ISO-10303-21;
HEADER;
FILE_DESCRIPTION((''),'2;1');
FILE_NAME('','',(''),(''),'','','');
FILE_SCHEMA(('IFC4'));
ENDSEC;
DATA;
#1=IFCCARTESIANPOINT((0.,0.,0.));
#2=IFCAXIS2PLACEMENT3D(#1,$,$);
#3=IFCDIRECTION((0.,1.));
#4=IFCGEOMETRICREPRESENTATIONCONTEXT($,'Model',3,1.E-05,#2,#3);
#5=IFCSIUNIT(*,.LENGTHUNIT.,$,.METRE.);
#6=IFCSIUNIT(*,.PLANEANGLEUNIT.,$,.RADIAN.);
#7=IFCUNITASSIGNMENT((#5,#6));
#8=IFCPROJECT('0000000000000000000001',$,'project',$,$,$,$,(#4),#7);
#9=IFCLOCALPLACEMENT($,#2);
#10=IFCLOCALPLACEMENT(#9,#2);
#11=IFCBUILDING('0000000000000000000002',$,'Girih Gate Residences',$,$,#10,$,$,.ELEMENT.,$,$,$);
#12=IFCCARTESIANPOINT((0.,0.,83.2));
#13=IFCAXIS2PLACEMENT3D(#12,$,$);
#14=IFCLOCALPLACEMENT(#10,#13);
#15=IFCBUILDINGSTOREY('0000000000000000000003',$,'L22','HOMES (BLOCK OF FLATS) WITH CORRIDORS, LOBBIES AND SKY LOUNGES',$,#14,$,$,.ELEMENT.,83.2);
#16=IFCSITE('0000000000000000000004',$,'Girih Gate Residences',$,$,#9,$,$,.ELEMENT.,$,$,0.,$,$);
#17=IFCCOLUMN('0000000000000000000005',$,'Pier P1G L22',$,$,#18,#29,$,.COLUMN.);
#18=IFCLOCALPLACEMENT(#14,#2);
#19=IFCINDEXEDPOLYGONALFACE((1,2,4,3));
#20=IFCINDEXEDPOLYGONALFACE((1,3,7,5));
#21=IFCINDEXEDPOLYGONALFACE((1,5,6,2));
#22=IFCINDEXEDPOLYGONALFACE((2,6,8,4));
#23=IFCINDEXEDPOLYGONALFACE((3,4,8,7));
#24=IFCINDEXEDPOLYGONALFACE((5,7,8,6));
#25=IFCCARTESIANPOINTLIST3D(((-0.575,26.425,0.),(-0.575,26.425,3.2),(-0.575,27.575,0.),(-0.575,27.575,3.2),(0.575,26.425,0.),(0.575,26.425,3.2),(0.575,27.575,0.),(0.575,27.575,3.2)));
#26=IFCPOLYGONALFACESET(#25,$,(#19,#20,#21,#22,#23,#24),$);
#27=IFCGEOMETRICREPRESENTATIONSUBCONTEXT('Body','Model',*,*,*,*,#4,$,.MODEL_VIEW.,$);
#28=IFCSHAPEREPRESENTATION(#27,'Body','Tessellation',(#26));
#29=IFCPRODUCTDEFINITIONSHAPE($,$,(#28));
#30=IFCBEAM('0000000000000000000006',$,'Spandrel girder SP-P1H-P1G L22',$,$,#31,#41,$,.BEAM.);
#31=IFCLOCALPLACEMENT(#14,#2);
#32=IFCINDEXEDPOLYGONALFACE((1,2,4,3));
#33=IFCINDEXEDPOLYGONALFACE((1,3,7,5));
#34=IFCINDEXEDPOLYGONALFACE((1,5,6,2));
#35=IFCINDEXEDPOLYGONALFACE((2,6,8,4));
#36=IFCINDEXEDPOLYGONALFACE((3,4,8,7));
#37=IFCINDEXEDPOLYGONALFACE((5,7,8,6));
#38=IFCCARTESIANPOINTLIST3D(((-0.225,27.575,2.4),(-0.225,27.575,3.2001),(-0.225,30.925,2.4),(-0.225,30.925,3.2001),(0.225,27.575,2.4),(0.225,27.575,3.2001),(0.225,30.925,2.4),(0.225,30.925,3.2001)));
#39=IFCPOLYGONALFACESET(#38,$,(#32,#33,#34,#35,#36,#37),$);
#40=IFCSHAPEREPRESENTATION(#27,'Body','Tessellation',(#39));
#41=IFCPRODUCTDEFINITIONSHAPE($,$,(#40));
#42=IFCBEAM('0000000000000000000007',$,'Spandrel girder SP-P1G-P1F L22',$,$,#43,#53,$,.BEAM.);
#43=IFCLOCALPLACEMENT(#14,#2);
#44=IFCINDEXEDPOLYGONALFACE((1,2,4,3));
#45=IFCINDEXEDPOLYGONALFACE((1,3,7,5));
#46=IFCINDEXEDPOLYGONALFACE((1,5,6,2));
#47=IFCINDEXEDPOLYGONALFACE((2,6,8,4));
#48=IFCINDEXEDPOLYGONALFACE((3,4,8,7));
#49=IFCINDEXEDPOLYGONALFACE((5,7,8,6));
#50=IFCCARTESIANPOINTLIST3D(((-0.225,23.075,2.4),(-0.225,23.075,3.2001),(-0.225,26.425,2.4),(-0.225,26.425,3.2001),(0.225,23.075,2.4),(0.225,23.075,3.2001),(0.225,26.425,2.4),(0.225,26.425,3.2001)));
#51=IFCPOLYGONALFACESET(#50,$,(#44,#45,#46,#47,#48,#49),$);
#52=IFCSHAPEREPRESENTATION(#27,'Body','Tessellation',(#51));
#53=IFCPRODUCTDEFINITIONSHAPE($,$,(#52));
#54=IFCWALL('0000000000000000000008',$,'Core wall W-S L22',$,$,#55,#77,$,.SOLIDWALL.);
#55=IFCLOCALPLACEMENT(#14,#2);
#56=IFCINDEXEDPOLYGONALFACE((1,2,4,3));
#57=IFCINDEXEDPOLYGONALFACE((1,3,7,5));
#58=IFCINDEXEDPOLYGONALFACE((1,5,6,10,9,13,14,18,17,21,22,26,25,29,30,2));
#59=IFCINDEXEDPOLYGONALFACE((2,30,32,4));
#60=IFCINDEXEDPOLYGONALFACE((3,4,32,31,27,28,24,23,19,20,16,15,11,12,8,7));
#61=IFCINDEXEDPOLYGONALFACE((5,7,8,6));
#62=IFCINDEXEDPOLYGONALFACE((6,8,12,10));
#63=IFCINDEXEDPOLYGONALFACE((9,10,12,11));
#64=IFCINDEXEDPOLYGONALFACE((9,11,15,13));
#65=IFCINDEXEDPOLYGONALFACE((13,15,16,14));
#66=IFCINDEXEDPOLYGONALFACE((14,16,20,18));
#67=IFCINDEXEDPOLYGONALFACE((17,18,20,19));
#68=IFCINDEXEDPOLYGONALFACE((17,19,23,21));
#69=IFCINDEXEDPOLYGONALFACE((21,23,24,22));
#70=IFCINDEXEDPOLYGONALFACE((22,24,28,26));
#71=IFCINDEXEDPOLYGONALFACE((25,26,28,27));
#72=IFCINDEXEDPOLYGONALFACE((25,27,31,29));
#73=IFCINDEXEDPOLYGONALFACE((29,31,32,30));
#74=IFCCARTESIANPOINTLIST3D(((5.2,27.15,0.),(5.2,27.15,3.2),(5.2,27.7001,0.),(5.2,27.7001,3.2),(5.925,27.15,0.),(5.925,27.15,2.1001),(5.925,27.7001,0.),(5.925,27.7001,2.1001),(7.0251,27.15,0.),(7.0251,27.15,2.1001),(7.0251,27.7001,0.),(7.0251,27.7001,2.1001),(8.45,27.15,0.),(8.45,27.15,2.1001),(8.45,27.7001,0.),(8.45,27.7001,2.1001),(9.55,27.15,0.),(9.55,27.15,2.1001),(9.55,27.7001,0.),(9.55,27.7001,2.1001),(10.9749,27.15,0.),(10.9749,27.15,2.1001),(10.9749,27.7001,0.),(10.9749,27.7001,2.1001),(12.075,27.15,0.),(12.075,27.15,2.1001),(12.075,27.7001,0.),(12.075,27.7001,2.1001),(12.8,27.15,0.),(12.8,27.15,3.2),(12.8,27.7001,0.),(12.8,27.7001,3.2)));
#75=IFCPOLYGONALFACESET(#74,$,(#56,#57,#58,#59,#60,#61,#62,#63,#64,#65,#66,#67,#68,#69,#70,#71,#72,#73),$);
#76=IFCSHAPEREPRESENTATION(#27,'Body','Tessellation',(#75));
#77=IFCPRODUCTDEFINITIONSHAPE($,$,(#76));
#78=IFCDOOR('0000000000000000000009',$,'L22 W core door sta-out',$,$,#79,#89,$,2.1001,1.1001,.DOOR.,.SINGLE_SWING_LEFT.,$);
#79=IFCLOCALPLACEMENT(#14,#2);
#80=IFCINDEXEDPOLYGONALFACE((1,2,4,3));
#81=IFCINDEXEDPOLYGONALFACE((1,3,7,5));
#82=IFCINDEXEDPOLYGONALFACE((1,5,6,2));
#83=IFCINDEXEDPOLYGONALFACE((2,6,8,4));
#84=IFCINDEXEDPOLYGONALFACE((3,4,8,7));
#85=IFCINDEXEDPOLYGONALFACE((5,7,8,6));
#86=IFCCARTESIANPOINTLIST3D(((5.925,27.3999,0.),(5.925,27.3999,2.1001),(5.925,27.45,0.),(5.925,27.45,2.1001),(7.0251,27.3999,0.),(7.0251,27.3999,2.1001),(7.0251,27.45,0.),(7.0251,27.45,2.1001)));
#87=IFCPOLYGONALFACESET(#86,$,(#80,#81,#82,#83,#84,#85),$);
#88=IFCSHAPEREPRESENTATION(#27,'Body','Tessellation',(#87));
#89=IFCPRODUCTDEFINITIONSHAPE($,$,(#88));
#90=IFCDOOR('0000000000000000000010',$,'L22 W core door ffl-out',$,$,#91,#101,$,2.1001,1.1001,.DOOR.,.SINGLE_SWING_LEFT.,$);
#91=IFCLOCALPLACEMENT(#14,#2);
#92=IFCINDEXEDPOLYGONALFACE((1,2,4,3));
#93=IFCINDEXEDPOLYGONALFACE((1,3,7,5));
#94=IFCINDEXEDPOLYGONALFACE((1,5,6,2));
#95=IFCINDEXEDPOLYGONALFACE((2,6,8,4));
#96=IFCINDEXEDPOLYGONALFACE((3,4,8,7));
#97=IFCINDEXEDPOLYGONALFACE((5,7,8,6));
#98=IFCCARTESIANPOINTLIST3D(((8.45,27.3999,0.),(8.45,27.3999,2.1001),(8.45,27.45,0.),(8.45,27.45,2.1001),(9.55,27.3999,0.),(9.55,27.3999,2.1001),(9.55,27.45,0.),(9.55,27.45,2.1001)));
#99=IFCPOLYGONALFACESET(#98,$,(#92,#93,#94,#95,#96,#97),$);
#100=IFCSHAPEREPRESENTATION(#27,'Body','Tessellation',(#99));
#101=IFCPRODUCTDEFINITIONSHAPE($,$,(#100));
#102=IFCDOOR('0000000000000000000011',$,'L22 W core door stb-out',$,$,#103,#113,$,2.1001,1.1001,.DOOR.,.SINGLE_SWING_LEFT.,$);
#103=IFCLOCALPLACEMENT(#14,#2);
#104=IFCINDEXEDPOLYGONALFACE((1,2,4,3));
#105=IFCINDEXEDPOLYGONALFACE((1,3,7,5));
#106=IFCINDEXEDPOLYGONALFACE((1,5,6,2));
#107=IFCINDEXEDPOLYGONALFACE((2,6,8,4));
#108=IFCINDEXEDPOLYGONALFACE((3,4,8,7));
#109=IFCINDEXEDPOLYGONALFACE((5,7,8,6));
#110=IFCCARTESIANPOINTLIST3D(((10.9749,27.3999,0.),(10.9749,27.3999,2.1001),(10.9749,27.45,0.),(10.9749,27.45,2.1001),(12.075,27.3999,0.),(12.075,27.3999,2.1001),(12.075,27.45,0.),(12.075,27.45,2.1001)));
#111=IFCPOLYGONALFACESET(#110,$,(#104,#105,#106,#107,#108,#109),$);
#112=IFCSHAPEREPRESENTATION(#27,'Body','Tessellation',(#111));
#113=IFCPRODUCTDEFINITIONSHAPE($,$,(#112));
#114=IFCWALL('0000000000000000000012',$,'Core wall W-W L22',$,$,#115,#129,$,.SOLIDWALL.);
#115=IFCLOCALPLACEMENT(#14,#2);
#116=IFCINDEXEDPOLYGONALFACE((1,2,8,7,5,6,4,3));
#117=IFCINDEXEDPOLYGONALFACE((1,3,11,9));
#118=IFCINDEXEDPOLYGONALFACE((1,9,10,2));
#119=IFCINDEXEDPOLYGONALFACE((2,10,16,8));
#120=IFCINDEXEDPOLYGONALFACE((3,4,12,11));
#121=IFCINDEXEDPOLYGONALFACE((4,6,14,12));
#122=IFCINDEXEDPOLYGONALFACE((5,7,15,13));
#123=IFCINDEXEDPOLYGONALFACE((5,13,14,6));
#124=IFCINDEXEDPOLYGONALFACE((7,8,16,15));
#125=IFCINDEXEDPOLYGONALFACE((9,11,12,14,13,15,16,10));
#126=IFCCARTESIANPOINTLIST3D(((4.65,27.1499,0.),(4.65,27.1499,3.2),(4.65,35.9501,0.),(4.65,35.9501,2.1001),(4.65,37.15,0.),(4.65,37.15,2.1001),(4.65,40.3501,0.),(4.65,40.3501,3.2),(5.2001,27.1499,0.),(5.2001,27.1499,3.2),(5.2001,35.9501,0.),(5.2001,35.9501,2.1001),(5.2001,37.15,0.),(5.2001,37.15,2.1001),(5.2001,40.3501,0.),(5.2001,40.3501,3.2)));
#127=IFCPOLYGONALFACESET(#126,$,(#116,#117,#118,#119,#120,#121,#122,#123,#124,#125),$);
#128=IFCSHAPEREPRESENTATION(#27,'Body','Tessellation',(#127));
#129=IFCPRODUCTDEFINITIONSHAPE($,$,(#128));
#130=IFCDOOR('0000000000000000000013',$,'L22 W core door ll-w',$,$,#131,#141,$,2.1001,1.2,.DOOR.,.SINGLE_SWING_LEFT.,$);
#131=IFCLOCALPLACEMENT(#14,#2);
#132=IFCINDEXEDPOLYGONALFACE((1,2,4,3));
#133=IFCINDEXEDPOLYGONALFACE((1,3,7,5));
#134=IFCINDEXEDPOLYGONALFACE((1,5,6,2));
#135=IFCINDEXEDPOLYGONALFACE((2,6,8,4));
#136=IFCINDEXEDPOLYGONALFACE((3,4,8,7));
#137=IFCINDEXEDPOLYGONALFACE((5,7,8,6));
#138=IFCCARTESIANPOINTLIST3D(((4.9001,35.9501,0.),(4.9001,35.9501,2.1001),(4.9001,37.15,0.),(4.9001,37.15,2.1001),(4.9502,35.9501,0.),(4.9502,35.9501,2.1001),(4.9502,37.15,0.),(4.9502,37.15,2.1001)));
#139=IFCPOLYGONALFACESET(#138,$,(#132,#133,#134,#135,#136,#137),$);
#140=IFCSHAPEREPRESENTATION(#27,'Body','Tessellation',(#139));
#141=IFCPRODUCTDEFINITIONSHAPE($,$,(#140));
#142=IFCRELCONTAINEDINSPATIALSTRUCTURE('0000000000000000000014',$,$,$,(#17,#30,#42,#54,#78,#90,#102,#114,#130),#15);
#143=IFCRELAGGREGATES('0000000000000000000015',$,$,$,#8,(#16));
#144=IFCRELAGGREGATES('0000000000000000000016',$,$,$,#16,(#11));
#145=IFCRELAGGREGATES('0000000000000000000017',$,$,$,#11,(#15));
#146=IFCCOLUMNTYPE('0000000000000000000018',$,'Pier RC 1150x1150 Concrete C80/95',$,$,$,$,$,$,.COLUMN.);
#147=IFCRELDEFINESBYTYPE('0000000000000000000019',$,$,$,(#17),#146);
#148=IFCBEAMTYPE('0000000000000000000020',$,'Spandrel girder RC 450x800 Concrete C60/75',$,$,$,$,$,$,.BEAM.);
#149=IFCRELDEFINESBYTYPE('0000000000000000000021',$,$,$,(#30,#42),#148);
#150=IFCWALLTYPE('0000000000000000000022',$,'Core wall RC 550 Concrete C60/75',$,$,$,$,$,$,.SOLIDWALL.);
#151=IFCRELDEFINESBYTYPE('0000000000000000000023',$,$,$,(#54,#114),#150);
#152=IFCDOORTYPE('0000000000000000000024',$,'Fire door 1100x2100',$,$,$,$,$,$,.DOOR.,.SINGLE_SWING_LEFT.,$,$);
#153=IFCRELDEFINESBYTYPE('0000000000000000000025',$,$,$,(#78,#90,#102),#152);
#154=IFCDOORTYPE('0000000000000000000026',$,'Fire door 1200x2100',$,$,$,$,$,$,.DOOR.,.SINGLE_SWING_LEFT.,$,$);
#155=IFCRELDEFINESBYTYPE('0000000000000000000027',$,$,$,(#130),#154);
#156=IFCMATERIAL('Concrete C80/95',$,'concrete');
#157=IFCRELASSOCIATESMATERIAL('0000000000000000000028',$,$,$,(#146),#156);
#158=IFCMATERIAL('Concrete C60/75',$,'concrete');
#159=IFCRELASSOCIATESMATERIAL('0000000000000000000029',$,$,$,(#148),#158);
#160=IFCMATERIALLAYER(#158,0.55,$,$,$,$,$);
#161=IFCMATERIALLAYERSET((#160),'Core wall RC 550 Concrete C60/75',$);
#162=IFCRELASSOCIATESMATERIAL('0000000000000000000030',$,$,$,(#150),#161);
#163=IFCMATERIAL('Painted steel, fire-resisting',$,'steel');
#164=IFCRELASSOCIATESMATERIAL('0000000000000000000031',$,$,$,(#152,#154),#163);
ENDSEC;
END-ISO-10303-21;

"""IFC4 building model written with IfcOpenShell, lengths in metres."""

from ifc_helpers import new_model, si_unit, direction, frame, frame_2d, origin, origin_2d, place, context, subcontext, project, spatial, rectangle, extrude, material, layer, layer_set, material_profile, profile_set, type_object, element, fill, save


model = new_model("IFC4")

# Units and contexts
model_context = context("Model", 3, precision=1e-05, world=origin(), true_north=direction((0.0, 1.0)))
body_context = subcontext(model_context, "Body", "Model", "MODEL_VIEW")
ifc_project = project(units=[si_unit("LENGTHUNIT", "METRE"), si_unit("PLANEANGLEUNIT", "RADIAN")], contexts=[model_context])

# Site, building, storey
site_placement = place(None, origin())
site = spatial("IfcSite", under=ifc_project, at=site_placement, Name="Girih Gate Residences", CompositionType="ELEMENT", RefElevation=0.0)
building_placement = place(site_placement, origin())
building = spatial("IfcBuilding", under=site, at=building_placement, Name="Girih Gate Residences", CompositionType="ELEMENT")
storey_placement = place(building_placement, frame((0.0, 0.0, 83.2)))
storey = spatial("IfcBuildingStorey", under=building, at=storey_placement, Name="L22", Description="HOMES (BLOCK OF FLATS) WITH CORRIDORS, LOBBIES AND SKY LOUNGES", CompositionType="ELEMENT", Elevation=83.2)

# Column
ifc_material_1 = material(Name="Concrete C80/95", Category="concrete")
ifc_material_profile_1 = material_profile(ifc_material_1, rectangle(XDim=1.1499, YDim=1.1499, at=origin_2d()))
ifc_profile_set_1 = profile_set([ifc_material_profile_1], Name="Concrete C80/95")
column_type = type_object("IfcColumnType", Name="Pier RC 1150x1150 Concrete C80/95", PredefinedType="COLUMN", material=ifc_profile_set_1)
column_placement = place(storey_placement, frame((0.0, 27.0, 0.0), z_axis=(0.0, 0.0, 1.0), x_axis=(1.0, 0.0, 0.0)))
element("IfcColumn", 1, at=column_placement, inside=storey, type_object=column_type, Name="Pier P1G L22", PredefinedType="COLUMN", context=body_context, shape_type="SweptSolid", body=[
    extrude(rectangle(XDim=1.1499, YDim=1.1499, at=origin_2d()), origin(), (0.0, 0.0, 1.0), 3.2),
])

# Beams
ifc_material_2 = material(Name="Concrete C60/75", Category="concrete")
ifc_material_profile_2 = material_profile(ifc_material_2, rectangle(XDim=0.45, YDim=0.8, at=origin_2d()))
ifc_profile_set_2 = profile_set([ifc_material_profile_2], Name="Concrete C60/75")
beam_type = type_object("IfcBeamType", Name="Spandrel girder RC 450x800 Concrete C60/75", PredefinedType="BEAM", material=ifc_profile_set_2)
for number, where, z_axis, x_axis, name in (
    (2, (0.0, 30.925, 2.8), (0.0, -1.0, 0.0), (1.0, 0.0, 0.0), "Spandrel girder SP-P1H-P1G L22"),
    (3, (0.0, 26.425, 2.8), (0.0, -1.0, 0.0), (1.0, 0.0, 0.0), "Spandrel girder SP-P1G-P1F L22"),
):
    element("IfcBeam", number, at=place(storey_placement, frame(where, z_axis=z_axis, x_axis=x_axis)), inside=storey, type_object=beam_type, Name=name, PredefinedType="BEAM", context=body_context, shape_type="SweptSolid", body=[
        extrude(rectangle(XDim=0.45, YDim=0.8, at=origin_2d()), origin(), (0.0, 0.0, 1.0), 3.3501),
    ])

# Wall, openings, doors
ifc_layer_1 = layer(ifc_material_2, 0.55)
ifc_layer_set_1 = layer_set([ifc_layer_1], Name="Core wall RC 550 Concrete C60/75")
wall_type_1 = type_object("IfcWallType", Name="Core wall RC 550 Concrete C60/75", PredefinedType="SOLIDWALL", material=ifc_layer_set_1)
wall_1_placement = place(storey_placement, frame((5.2, 27.425, 0.0), z_axis=(0.0, 0.0, 1.0), x_axis=(1.0, 0.0, 0.0)))
wall_1 = element("IfcWall", 4, at=wall_1_placement, inside=storey, type_object=wall_type_1, Name="Core wall W-S L22", PredefinedType="SOLIDWALL", context=body_context, shape_type="SweptSolid", body=[
    extrude(rectangle(XDim=7.6001, YDim=0.55, at=frame_2d((3.8, 0.0))), origin(), (0.0, 0.0, 1.0), 3.2),
])
opening_1_placement = place(wall_1_placement, frame((0.7251, 0.0, 0.0)))
opening_1 = element("IfcOpeningElement", 5, at=opening_1_placement, cuts=wall_1, PredefinedType="OPENING", context=body_context, shape_type="SweptSolid", body=[
    extrude(rectangle(XDim=1.1001, YDim=2.1001, at=frame_2d((0.55, 1.05))), frame((0.0, 0.2849, 0.0), z_axis=(0.0, -1.0, 0.0), x_axis=(1.0, 0.0, 0.0)), (0.0, 0.0, 1.0), 0.5701),
])
opening_2_placement = place(wall_1_placement, frame((3.25, 0.0, 0.0)))
opening_2 = element("IfcOpeningElement", 6, at=opening_2_placement, cuts=wall_1, PredefinedType="OPENING", context=body_context, shape_type="SweptSolid", body=[
    extrude(rectangle(XDim=1.1001, YDim=2.1001, at=frame_2d((0.55, 1.05))), frame((0.0, 0.2849, 0.0), z_axis=(0.0, -1.0, 0.0), x_axis=(1.0, 0.0, 0.0)), (0.0, 0.0, 1.0), 0.5701),
])
opening_3_placement = place(wall_1_placement, frame((5.7749, 0.0, 0.0)))
opening_3 = element("IfcOpeningElement", 7, at=opening_3_placement, cuts=wall_1, PredefinedType="OPENING", context=body_context, shape_type="SweptSolid", body=[
    extrude(rectangle(XDim=1.1001, YDim=2.1001, at=frame_2d((0.55, 1.05))), frame((0.0, 0.2849, 0.0), z_axis=(0.0, -1.0, 0.0), x_axis=(1.0, 0.0, 0.0)), (0.0, 0.0, 1.0), 0.5701),
])
ifc_material_3 = material(Name="Painted steel, fire-resisting", Category="steel")
door_type_1 = type_object("IfcDoorType", Name="Fire door 1100x2100", OperationType="SINGLE_SWING_LEFT", PredefinedType="DOOR", material=ifc_material_3)
door_1_placement = place(opening_1_placement, origin())
door_1 = element("IfcDoor", 8, at=door_1_placement, inside=storey, type_object=door_type_1, Name="L22 W core door sta-out", OperationType="SINGLE_SWING_LEFT", OverallHeight=2.1001, OverallWidth=1.1001, PredefinedType="DOOR", context=body_context, shape_type="SweptSolid", body=[
    extrude(rectangle(XDim=1.1001, YDim=2.1001, at=frame_2d((0.55, 1.05))), frame((0.0, 0.0249, 0.0), z_axis=(0.0, -1.0, 0.0), x_axis=(1.0, 0.0, 0.0)), (0.0, 0.0, 1.0), 0.05),
])
fill(opening_1, door_1)
door_2_placement = place(opening_2_placement, origin())
door_2 = element("IfcDoor", 9, at=door_2_placement, inside=storey, type_object=door_type_1, Name="L22 W core door ffl-out", OperationType="SINGLE_SWING_LEFT", OverallHeight=2.1001, OverallWidth=1.1001, PredefinedType="DOOR", context=body_context, shape_type="SweptSolid", body=[
    extrude(rectangle(XDim=1.1001, YDim=2.1001, at=frame_2d((0.55, 1.05))), frame((0.0, 0.0249, 0.0), z_axis=(0.0, -1.0, 0.0), x_axis=(1.0, 0.0, 0.0)), (0.0, 0.0, 1.0), 0.05),
])
fill(opening_2, door_2)
door_3_placement = place(opening_3_placement, origin())
door_3 = element("IfcDoor", 10, at=door_3_placement, inside=storey, type_object=door_type_1, Name="L22 W core door stb-out", OperationType="SINGLE_SWING_LEFT", OverallHeight=2.1001, OverallWidth=1.1001, PredefinedType="DOOR", context=body_context, shape_type="SweptSolid", body=[
    extrude(rectangle(XDim=1.1001, YDim=2.1001, at=frame_2d((0.55, 1.05))), frame((0.0, 0.0249, 0.0), z_axis=(0.0, -1.0, 0.0), x_axis=(1.0, 0.0, 0.0)), (0.0, 0.0, 1.0), 0.05),
])
fill(opening_3, door_3)

# Wall, opening, door
wall_2_placement = place(storey_placement, frame((4.925, 27.1499, 0.0), z_axis=(0.0, 0.0, 1.0), x_axis=(0.0, 1.0, 0.0)))
wall_2 = element("IfcWall", 11, at=wall_2_placement, inside=storey, type_object=wall_type_1, Name="Core wall W-W L22", PredefinedType="SOLIDWALL", context=body_context, shape_type="SweptSolid", body=[
    extrude(rectangle(XDim=13.2002, YDim=0.55, at=frame_2d((6.6001, 0.0))), origin(), (0.0, 0.0, 1.0), 3.2),
])
opening_4_placement = place(wall_2_placement, frame((8.8, 0.0, 0.0)))
opening_4 = element("IfcOpeningElement", 12, at=opening_4_placement, cuts=wall_2, PredefinedType="OPENING", context=body_context, shape_type="SweptSolid", body=[
    extrude(rectangle(XDim=1.2, YDim=2.1001, at=frame_2d((0.6001, 1.05))), frame((0.0, 0.2849, 0.0), z_axis=(0.0, -1.0, 0.0), x_axis=(1.0, 0.0, 0.0)), (0.0, 0.0, 1.0), 0.5701),
])
door_type_2 = type_object("IfcDoorType", Name="Fire door 1200x2100", OperationType="SINGLE_SWING_LEFT", PredefinedType="DOOR", material=ifc_material_3)
door_4_placement = place(opening_4_placement, origin())
door_4 = element("IfcDoor", 13, at=door_4_placement, inside=storey, type_object=door_type_2, Name="L22 W core door ll-w", OperationType="SINGLE_SWING_LEFT", OverallHeight=2.1001, OverallWidth=1.2, PredefinedType="DOOR", context=body_context, shape_type="SweptSolid", body=[
    extrude(rectangle(XDim=1.2, YDim=2.1001, at=frame_2d((0.6001, 1.05))), frame((0.0, 0.0249, 0.0), z_axis=(0.0, -1.0, 0.0), x_axis=(1.0, 0.0, 0.0)), (0.0, 0.0, 1.0), 0.05),
])
fill(opening_4, door_4)

save(model, "model.ifc")
